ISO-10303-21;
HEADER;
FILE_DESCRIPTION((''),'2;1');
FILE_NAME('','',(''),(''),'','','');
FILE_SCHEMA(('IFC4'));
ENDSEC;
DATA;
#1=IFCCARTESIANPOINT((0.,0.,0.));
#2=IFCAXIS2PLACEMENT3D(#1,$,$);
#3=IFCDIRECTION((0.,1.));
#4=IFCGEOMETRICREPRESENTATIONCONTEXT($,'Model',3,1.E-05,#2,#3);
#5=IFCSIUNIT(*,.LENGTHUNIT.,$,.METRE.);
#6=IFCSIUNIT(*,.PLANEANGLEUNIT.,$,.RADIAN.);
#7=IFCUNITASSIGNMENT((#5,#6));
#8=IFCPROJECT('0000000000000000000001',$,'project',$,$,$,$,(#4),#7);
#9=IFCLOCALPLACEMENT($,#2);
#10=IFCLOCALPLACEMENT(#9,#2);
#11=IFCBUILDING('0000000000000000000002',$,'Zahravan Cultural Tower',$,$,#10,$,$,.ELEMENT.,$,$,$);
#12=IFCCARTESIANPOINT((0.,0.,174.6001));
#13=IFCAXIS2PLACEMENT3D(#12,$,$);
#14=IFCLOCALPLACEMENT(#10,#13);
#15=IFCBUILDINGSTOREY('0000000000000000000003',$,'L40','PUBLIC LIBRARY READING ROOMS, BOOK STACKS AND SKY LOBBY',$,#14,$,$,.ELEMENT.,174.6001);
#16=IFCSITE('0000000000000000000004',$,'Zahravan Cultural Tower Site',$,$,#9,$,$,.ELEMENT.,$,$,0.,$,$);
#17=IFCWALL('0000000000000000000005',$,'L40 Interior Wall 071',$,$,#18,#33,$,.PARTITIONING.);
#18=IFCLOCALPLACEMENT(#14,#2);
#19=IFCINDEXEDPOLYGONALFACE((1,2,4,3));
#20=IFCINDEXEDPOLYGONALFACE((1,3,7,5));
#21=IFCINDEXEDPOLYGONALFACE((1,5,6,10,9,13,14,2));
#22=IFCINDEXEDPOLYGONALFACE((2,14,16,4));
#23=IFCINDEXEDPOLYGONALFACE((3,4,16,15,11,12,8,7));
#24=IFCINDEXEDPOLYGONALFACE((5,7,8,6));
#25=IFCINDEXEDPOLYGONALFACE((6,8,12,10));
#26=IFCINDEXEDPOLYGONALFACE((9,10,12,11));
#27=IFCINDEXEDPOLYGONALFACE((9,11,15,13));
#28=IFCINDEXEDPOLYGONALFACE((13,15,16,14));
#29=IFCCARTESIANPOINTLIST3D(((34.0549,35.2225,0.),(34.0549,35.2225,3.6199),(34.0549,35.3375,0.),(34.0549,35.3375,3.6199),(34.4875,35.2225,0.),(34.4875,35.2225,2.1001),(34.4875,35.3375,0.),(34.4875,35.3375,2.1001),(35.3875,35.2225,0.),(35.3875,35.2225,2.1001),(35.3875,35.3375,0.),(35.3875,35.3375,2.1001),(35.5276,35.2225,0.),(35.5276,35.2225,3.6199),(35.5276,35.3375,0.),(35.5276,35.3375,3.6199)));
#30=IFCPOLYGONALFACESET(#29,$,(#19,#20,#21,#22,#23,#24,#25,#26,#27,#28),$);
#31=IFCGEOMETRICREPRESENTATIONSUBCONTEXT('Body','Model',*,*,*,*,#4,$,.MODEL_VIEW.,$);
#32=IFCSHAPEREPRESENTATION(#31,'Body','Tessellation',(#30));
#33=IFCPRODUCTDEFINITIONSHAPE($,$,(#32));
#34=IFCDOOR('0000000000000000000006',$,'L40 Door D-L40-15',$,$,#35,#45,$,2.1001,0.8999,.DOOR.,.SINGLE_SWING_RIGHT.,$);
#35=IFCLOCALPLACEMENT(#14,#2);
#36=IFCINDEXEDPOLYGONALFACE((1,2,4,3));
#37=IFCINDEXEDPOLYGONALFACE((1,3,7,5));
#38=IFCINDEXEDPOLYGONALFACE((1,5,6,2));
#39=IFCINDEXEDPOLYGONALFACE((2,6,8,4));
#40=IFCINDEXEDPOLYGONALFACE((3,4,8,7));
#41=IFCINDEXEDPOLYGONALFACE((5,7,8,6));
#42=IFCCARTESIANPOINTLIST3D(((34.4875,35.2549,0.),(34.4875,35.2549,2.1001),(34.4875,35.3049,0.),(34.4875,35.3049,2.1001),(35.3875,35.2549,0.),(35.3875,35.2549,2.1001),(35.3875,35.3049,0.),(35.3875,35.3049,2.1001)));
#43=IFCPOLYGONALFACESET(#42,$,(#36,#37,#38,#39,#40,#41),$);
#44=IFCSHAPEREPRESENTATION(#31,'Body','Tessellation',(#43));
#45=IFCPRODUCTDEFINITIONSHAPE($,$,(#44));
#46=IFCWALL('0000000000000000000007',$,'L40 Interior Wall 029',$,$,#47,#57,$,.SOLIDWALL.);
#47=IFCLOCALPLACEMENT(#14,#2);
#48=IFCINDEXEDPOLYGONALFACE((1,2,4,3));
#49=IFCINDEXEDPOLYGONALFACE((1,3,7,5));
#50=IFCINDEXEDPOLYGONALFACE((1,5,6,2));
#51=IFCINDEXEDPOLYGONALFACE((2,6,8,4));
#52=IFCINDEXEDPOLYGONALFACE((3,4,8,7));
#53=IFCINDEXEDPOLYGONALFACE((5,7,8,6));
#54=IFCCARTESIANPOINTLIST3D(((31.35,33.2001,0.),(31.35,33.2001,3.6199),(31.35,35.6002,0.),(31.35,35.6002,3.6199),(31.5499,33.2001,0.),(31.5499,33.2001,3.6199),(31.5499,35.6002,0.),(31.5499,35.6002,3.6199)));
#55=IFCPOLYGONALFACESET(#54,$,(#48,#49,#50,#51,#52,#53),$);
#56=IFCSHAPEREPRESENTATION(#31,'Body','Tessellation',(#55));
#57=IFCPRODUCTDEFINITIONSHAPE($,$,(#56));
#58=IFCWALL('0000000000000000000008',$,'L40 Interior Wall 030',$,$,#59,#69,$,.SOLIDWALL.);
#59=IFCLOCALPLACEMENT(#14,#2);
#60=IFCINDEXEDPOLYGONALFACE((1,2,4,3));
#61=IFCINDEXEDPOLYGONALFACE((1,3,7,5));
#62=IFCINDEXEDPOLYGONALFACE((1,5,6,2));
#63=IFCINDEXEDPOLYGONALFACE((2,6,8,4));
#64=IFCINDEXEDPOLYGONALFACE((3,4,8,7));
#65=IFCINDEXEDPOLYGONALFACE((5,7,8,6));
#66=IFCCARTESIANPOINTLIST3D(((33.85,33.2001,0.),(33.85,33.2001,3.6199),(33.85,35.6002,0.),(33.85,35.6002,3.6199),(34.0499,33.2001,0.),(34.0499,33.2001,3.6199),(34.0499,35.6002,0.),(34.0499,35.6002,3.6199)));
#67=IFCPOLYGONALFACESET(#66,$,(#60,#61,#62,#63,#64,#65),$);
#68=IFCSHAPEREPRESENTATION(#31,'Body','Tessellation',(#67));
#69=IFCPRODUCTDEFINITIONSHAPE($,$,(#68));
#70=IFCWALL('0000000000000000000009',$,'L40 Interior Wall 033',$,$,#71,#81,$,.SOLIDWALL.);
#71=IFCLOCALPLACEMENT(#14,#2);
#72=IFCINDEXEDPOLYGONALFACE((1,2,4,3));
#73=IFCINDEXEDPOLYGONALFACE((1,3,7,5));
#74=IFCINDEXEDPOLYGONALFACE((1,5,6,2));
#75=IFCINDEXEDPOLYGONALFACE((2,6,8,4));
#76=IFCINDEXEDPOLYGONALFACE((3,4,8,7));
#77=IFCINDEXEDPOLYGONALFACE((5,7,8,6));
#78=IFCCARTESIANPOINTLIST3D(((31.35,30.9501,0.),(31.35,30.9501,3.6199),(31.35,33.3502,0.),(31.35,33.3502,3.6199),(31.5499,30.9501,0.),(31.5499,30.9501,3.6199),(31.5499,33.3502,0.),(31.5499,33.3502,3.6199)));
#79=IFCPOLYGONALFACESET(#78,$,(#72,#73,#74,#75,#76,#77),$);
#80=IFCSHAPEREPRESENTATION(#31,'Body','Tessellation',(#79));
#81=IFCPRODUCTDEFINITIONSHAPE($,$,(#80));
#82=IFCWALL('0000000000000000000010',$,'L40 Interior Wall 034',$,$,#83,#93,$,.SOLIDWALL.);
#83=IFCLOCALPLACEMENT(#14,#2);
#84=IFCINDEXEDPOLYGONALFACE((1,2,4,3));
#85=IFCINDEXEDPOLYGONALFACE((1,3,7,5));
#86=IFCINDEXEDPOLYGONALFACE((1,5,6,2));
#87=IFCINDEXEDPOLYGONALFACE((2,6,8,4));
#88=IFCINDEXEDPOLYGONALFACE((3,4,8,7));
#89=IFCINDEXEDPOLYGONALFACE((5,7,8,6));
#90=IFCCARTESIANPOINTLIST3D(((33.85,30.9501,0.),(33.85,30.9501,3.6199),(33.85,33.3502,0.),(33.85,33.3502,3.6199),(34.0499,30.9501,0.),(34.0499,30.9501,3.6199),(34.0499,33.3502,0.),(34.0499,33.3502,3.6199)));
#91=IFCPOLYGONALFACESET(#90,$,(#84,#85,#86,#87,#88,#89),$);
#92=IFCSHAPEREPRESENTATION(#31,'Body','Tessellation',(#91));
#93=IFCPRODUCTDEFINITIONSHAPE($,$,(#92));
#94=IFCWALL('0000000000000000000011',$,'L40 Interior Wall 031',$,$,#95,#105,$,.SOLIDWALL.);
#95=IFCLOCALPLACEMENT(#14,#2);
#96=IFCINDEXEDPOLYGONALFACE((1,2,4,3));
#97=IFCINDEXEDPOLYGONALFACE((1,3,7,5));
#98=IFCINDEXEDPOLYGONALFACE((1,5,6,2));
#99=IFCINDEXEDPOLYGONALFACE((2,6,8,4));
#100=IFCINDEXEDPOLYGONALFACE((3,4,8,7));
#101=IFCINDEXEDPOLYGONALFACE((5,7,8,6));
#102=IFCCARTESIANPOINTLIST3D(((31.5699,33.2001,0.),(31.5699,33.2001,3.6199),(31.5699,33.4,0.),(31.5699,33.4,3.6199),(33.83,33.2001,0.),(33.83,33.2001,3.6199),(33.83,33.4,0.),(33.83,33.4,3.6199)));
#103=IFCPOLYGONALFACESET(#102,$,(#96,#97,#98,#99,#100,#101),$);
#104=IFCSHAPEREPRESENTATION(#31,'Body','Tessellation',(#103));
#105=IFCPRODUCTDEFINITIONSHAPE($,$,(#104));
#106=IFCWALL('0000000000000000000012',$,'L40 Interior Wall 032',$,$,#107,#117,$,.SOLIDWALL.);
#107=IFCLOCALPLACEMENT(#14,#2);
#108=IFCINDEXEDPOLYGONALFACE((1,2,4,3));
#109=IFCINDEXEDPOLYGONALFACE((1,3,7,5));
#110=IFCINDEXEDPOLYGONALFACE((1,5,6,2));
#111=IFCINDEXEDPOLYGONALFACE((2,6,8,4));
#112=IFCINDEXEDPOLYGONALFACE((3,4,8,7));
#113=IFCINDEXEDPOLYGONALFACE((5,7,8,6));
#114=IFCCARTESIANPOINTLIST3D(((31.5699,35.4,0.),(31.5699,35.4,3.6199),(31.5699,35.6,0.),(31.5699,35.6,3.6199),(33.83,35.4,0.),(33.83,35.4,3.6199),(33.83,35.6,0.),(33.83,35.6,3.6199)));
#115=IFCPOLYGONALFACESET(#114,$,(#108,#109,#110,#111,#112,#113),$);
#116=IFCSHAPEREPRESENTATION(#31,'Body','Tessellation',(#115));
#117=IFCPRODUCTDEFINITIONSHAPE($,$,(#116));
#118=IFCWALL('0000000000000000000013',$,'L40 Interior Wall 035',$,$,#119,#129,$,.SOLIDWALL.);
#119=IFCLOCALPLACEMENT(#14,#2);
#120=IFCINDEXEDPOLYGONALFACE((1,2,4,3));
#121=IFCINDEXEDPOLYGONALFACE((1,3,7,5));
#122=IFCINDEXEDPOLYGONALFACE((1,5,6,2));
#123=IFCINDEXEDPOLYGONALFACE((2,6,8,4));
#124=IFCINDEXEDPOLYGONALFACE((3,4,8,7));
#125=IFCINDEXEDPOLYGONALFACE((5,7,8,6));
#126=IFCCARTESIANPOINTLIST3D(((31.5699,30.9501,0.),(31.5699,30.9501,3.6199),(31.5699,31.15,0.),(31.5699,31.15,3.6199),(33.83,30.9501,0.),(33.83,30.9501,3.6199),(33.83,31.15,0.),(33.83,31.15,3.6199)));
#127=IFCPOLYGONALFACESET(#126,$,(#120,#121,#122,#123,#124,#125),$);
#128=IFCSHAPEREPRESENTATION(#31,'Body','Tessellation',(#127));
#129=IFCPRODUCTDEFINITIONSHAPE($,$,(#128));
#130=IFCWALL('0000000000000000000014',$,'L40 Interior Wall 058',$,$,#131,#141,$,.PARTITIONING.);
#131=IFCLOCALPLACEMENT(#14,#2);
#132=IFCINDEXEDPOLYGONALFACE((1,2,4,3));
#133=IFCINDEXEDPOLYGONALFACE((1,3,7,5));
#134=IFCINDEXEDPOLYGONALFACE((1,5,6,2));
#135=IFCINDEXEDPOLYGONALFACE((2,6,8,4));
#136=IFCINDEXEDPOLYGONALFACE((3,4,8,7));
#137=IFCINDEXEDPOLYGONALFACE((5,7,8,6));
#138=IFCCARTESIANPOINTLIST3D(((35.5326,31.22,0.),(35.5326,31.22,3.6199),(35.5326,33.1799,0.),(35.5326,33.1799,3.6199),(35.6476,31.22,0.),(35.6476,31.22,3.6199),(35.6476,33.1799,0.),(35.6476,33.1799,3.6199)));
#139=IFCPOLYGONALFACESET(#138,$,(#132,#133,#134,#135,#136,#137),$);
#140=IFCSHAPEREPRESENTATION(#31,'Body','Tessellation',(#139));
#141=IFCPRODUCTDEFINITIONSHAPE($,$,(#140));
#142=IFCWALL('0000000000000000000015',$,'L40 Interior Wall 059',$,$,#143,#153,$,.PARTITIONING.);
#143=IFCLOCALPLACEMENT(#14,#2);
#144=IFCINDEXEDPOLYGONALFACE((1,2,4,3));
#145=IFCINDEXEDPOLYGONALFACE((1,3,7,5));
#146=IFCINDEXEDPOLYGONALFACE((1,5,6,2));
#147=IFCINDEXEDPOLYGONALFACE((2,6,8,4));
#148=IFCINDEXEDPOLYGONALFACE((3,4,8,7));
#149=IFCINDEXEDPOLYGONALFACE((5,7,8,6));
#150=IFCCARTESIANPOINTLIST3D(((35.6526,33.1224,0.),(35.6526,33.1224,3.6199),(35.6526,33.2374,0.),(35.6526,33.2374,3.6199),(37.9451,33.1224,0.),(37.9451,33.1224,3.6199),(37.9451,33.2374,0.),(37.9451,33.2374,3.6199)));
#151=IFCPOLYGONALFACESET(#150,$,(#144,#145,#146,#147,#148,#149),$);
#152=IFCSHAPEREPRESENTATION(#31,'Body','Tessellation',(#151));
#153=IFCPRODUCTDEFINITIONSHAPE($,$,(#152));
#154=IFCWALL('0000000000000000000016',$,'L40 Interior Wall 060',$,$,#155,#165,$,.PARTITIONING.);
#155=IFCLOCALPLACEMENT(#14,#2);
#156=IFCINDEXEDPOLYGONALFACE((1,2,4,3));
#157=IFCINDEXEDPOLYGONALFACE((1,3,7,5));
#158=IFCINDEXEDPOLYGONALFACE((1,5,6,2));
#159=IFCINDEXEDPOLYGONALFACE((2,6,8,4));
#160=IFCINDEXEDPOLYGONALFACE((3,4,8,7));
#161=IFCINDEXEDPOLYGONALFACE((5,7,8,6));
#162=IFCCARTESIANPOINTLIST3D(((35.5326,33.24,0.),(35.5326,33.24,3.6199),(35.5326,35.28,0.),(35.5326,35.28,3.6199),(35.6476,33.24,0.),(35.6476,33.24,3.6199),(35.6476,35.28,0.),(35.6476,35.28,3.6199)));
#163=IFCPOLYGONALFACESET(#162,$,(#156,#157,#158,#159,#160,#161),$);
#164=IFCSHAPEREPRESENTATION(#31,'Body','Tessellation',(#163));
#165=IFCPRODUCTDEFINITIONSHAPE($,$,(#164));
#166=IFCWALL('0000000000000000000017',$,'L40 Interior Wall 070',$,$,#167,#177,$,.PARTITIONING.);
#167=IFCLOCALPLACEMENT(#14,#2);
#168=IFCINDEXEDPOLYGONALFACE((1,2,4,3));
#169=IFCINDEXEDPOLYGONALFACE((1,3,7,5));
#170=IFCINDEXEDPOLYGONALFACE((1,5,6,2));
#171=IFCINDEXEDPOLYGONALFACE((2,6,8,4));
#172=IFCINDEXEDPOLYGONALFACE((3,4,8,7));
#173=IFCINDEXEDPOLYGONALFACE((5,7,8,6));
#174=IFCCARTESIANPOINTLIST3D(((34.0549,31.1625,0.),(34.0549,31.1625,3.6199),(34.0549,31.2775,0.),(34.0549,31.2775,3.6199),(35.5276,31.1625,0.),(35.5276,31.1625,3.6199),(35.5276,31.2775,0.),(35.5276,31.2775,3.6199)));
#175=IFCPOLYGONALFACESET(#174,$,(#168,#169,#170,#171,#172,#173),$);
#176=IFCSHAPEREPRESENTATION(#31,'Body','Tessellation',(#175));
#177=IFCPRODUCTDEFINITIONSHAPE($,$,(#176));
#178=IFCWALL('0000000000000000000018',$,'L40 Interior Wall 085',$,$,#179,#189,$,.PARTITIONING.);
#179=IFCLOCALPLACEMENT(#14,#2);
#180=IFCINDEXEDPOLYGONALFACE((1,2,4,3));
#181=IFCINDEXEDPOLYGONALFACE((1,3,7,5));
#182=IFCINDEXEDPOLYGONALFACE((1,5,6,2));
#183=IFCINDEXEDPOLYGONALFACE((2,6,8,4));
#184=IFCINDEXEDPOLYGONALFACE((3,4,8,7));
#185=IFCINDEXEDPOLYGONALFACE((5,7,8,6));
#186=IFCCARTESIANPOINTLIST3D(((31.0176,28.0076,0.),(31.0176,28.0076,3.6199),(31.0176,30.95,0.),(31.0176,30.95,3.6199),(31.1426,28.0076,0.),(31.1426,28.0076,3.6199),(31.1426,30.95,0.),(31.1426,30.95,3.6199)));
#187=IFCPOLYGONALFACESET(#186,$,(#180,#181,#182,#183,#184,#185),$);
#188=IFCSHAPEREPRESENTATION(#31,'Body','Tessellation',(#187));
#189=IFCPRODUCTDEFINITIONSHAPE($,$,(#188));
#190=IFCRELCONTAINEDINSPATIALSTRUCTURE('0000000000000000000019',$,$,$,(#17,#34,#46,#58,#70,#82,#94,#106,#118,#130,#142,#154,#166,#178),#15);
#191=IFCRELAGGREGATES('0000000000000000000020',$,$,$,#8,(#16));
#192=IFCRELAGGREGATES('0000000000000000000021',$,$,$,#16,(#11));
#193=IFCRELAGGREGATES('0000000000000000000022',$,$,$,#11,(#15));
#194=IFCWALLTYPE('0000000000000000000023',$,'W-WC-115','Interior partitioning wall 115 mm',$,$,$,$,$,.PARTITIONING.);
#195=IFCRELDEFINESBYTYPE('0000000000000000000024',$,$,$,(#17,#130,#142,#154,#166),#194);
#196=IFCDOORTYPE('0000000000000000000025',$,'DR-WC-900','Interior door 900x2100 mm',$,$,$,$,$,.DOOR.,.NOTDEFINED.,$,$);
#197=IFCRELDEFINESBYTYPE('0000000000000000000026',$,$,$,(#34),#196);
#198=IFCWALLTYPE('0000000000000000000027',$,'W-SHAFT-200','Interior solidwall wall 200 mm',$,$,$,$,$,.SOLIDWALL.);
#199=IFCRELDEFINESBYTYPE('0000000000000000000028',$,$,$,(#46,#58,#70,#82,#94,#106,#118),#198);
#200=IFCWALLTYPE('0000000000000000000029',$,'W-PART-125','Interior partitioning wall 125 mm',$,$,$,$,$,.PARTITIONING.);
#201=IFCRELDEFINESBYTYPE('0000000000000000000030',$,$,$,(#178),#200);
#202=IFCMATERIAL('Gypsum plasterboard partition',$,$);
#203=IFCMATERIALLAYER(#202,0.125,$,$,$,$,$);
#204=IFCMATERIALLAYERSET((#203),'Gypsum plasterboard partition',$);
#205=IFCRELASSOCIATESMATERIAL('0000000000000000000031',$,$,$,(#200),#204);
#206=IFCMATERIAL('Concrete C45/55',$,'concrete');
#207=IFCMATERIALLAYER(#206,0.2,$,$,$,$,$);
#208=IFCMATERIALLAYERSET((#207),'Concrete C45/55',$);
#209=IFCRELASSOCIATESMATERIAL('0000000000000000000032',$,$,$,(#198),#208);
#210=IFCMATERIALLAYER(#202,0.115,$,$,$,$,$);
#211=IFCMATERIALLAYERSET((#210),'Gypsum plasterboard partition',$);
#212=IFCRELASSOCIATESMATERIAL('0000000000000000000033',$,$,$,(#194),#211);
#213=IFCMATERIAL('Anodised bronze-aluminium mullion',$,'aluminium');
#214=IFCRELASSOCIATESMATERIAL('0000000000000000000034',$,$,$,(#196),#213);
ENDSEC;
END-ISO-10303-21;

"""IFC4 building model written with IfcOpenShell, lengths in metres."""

from ifc_helpers import new_model, si_unit, direction, frame, frame_2d, origin, place, context, subcontext, project, spatial, rectangle, extrude, source, transform, mapped, material, layer, layer_set, type_object, element, fill, save


model = new_model("IFC4")

# Units and contexts
model_context = context("Model", 3, precision=1e-05, world=origin(), true_north=direction((0.0, 1.0)))
body_context = subcontext(model_context, "Body", "Model", "MODEL_VIEW")
ifc_project = project(units=[si_unit("LENGTHUNIT", "METRE"), si_unit("PLANEANGLEUNIT", "RADIAN")], contexts=[model_context])

# Site, building, storey
site_placement = place(None, origin())
site = spatial("IfcSite", under=ifc_project, at=site_placement, Name="Zahravan Cultural Tower Site", CompositionType="ELEMENT", RefElevation=0.0)
building_placement = place(site_placement, origin())
building = spatial("IfcBuilding", under=site, at=building_placement, Name="Zahravan Cultural Tower", CompositionType="ELEMENT")
storey_placement = place(building_placement, frame((0.0, 0.0, 174.6001)))
storey = spatial("IfcBuildingStorey", under=building, at=storey_placement, Name="L40", Description="PUBLIC LIBRARY READING ROOMS, BOOK STACKS AND SKY LOBBY", CompositionType="ELEMENT", Elevation=174.6001)

# Wall, opening, door
ifc_material_1 = material(Name="Gypsum plasterboard partition")
ifc_layer_1 = layer(ifc_material_1, 0.125)
ifc_layer_set_1 = layer_set([ifc_layer_1], Name="Gypsum plasterboard partition")
wall_type_1 = type_object("IfcWallType", Name="W-PART-125", Description="Interior partitioning wall 125 mm", PredefinedType="PARTITIONING", material=ifc_layer_set_1)
ifc_material_2 = material(Name="Anodised bronze-aluminium mullion", Category="aluminium")
ifc_material_3 = material(Name="Concrete C45/55", Category="concrete")
ifc_layer_2 = layer(ifc_material_3, 0.2)
ifc_layer_set_2 = layer_set([ifc_layer_2], Name="Concrete C45/55")
wall_type_2 = type_object("IfcWallType", Name="W-SHAFT-200", Description="Interior solidwall wall 200 mm", PredefinedType="SOLIDWALL", material=ifc_layer_set_2)
ifc_layer_3 = layer(ifc_material_1, 0.115)
ifc_layer_set_3 = layer_set([ifc_layer_3], Name="Gypsum plasterboard partition")
wall_type_3 = type_object("IfcWallType", Name="W-WC-115", Description="Interior partitioning wall 115 mm", PredefinedType="PARTITIONING", material=ifc_layer_set_3)
door_type_1 = type_object("IfcDoorType", Name="DR-WC-900", Description="Interior door 900x2100 mm", OperationType="NOTDEFINED", PredefinedType="DOOR", material=ifc_material_2)
shared_shape_1 = source(origin(), body_context, "Body", "SweptSolid", [
    extrude(rectangle(XDim=0.8999, YDim=2.1001, at=frame_2d((0.45, 1.05))), frame((0.0, 0.0249, 0.0), z_axis=(0.0, -1.0, 0.0), x_axis=(1.0, 0.0, 0.0)), (0.0, 0.0, 1.0), 0.05),
])
wall_1_placement = place(storey_placement, frame((34.0549, 35.28, 0.0), z_axis=(0.0, 0.0, 1.0), x_axis=(1.0, 0.0, 0.0)))
wall_1 = element("IfcWall", 1, at=wall_1_placement, inside=storey, type_object=wall_type_3, Name="L40 Interior Wall 071", PredefinedType="PARTITIONING", context=body_context, shape_type="SweptSolid", body=[
    extrude(rectangle(XDim=1.4727, YDim=0.115, at=frame_2d((0.7363, 0.0))), origin(), (0.0, 0.0, 1.0), 3.6199),
])
opening_1_placement = place(wall_1_placement, frame((0.4326, 0.0, 0.0)))
opening_1 = element("IfcOpeningElement", 2, at=opening_1_placement, cuts=wall_1, PredefinedType="OPENING", context=body_context, shape_type="SweptSolid", body=[
    extrude(rectangle(XDim=0.8999, YDim=2.1001, at=frame_2d((0.45, 1.05))), frame((0.0, 0.0674, 0.0), z_axis=(0.0, -1.0, 0.0), x_axis=(1.0, 0.0, 0.0)), (0.0, 0.0, 1.0), 0.135),
])
door_1_placement = place(opening_1_placement, origin())
door_1 = element("IfcDoor", 3, at=door_1_placement, inside=storey, type_object=door_type_1, Name="L40 Door D-L40-15", OperationType="SINGLE_SWING_RIGHT", OverallHeight=2.1001, OverallWidth=0.8999, PredefinedType="DOOR", context=body_context, shape_type="MappedRepresentation", body=[
    mapped(shared_shape_1, transform((0.0, 0.0, 0.0), x_axis=(1.0, 0.0, 0.0), y_axis=(0.0, 1.0, 0.0), z_axis=(0.0, 0.0, 1.0), scale=1.0)),
])
fill(opening_1, door_1)

# Walls
shared_shape_2 = source(origin(), body_context, "Body", "SweptSolid", [
    extrude(rectangle(XDim=2.4001, YDim=0.2, at=frame_2d((1.2002, 0.0))), origin(), (0.0, 0.0, 1.0), 3.6199),
])
for number, where, z_axis, x_axis, name in (
    (4, (31.45, 33.2, 0.0), (0.0, 0.0, 1.0), (0.0, 1.0, 0.0), "L40 Interior Wall 029"),
    (5, (33.95, 33.2, 0.0), (0.0, 0.0, 1.0), (0.0, 1.0, 0.0), "L40 Interior Wall 030"),
    (6, (31.45, 30.95, 0.0), (0.0, 0.0, 1.0), (0.0, 1.0, 0.0), "L40 Interior Wall 033"),
    (7, (33.95, 30.95, 0.0), (0.0, 0.0, 1.0), (0.0, 1.0, 0.0), "L40 Interior Wall 034"),
):
    element("IfcWall", number, at=place(storey_placement, frame(where, z_axis=z_axis, x_axis=x_axis)), inside=storey, type_object=wall_type_2, Name=name, PredefinedType="SOLIDWALL", context=body_context, shape_type="MappedRepresentation", body=[
        mapped(shared_shape_2, transform((0.0, 0.0, 0.0), x_axis=(1.0, 0.0, 0.0), y_axis=(0.0, 1.0, 0.0), z_axis=(0.0, 0.0, 1.0), scale=1.0)),
    ])
shared_shape_3 = source(origin(), body_context, "Body", "SweptSolid", [
    extrude(rectangle(XDim=2.26, YDim=0.2, at=frame_2d((1.1299, 0.0))), origin(), (0.0, 0.0, 1.0), 3.6199),
])
for number, where, z_axis, x_axis, name in (
    (8, (31.5701, 33.3, 0.0), (0.0, 0.0, 1.0), (1.0, 0.0, 0.0), "L40 Interior Wall 031"),
    (9, (31.5701, 35.5, 0.0), (0.0, 0.0, 1.0), (1.0, 0.0, 0.0), "L40 Interior Wall 032"),
    (10, (31.5701, 31.05, 0.0), (0.0, 0.0, 1.0), (1.0, 0.0, 0.0), "L40 Interior Wall 035"),
):
    element("IfcWall", number, at=place(storey_placement, frame(where, z_axis=z_axis, x_axis=x_axis)), inside=storey, type_object=wall_type_2, Name=name, PredefinedType="SOLIDWALL", context=body_context, shape_type="MappedRepresentation", body=[
        mapped(shared_shape_3, transform((0.0, 0.0, 0.0), x_axis=(1.0, 0.0, 0.0), y_axis=(0.0, 1.0, 0.0), z_axis=(0.0, 0.0, 1.0), scale=1.0)),
    ])
shared_shape_4 = source(origin(), body_context, "Body", "SweptSolid", [
    extrude(rectangle(XDim=1.96, YDim=0.115, at=frame_2d((0.98, 0.0))), origin(), (0.0, 0.0, 1.0), 3.6199),
])
wall_2_placement = place(storey_placement, frame((35.5901, 31.22, 0.0), z_axis=(0.0, 0.0, 1.0), x_axis=(0.0, 1.0, 0.0)))
element("IfcWall", 11, at=wall_2_placement, inside=storey, type_object=wall_type_3, Name="L40 Interior Wall 058", PredefinedType="PARTITIONING", context=body_context, shape_type="MappedRepresentation", body=[
    mapped(shared_shape_4, transform((0.0, 0.0, 0.0), x_axis=(1.0, 0.0, 0.0), y_axis=(0.0, 1.0, 0.0), z_axis=(0.0, 0.0, 1.0), scale=1.0)),
])
shared_shape_5 = source(origin(), body_context, "Body", "SweptSolid", [
    extrude(rectangle(XDim=2.2925, YDim=0.115, at=frame_2d((1.1462, 0.0))), origin(), (0.0, 0.0, 1.0), 3.6199),
])
wall_3_placement = place(storey_placement, frame((35.6526, 33.1799, 0.0), z_axis=(0.0, 0.0, 1.0), x_axis=(1.0, 0.0, 0.0)))
element("IfcWall", 12, at=wall_3_placement, inside=storey, type_object=wall_type_3, Name="L40 Interior Wall 059", PredefinedType="PARTITIONING", context=body_context, shape_type="MappedRepresentation", body=[
    mapped(shared_shape_5, transform((0.0, 0.0, 0.0), x_axis=(1.0, 0.0, 0.0), y_axis=(0.0, 1.0, 0.0), z_axis=(0.0, 0.0, 1.0), scale=1.0)),
])
shared_shape_6 = source(origin(), body_context, "Body", "SweptSolid", [
    extrude(rectangle(XDim=2.04, YDim=0.115, at=frame_2d((1.02, 0.0))), origin(), (0.0, 0.0, 1.0), 3.6199),
])
wall_4_placement = place(storey_placement, frame((35.5901, 33.24, 0.0), z_axis=(0.0, 0.0, 1.0), x_axis=(0.0, 1.0, 0.0)))
element("IfcWall", 13, at=wall_4_placement, inside=storey, type_object=wall_type_3, Name="L40 Interior Wall 060", PredefinedType="PARTITIONING", context=body_context, shape_type="MappedRepresentation", body=[
    mapped(shared_shape_6, transform((0.0, 0.0, 0.0), x_axis=(1.0, 0.0, 0.0), y_axis=(0.0, 1.0, 0.0), z_axis=(0.0, 0.0, 1.0), scale=1.0)),
])
shared_shape_7 = source(origin(), body_context, "Body", "SweptSolid", [
    extrude(rectangle(XDim=1.4727, YDim=0.115, at=frame_2d((0.7363, 0.0))), origin(), (0.0, 0.0, 1.0), 3.6199),
])
wall_5_placement = place(storey_placement, frame((35.5276, 31.22, 0.0), z_axis=(0.0, 0.0, 1.0), x_axis=(-1.0, 0.0, 0.0)))
element("IfcWall", 14, at=wall_5_placement, inside=storey, type_object=wall_type_3, Name="L40 Interior Wall 070", PredefinedType="PARTITIONING", context=body_context, shape_type="MappedRepresentation", body=[
    mapped(shared_shape_7, transform((0.0, 0.0, 0.0), x_axis=(1.0, 0.0, 0.0), y_axis=(0.0, 1.0, 0.0), z_axis=(0.0, 0.0, 1.0), scale=1.0)),
])
shared_shape_8 = source(origin(), body_context, "Body", "SweptSolid", [
    extrude(rectangle(XDim=2.9424, YDim=0.125, at=frame_2d((1.4712, 0.0))), origin(), (0.0, 0.0, 1.0), 3.6199),
])
wall_6_placement = place(storey_placement, frame((31.0801, 28.0076, 0.0), z_axis=(0.0, 0.0, 1.0), x_axis=(0.0, 1.0, 0.0)))
element("IfcWall", 15, at=wall_6_placement, inside=storey, type_object=wall_type_1, Name="L40 Interior Wall 085", PredefinedType="PARTITIONING", context=body_context, shape_type="MappedRepresentation", body=[
    mapped(shared_shape_8, transform((0.0, 0.0, 0.0), x_axis=(1.0, 0.0, 0.0), y_axis=(0.0, 1.0, 0.0), z_axis=(0.0, 0.0, 1.0), scale=1.0)),
])

save(model, "model.ifc")
